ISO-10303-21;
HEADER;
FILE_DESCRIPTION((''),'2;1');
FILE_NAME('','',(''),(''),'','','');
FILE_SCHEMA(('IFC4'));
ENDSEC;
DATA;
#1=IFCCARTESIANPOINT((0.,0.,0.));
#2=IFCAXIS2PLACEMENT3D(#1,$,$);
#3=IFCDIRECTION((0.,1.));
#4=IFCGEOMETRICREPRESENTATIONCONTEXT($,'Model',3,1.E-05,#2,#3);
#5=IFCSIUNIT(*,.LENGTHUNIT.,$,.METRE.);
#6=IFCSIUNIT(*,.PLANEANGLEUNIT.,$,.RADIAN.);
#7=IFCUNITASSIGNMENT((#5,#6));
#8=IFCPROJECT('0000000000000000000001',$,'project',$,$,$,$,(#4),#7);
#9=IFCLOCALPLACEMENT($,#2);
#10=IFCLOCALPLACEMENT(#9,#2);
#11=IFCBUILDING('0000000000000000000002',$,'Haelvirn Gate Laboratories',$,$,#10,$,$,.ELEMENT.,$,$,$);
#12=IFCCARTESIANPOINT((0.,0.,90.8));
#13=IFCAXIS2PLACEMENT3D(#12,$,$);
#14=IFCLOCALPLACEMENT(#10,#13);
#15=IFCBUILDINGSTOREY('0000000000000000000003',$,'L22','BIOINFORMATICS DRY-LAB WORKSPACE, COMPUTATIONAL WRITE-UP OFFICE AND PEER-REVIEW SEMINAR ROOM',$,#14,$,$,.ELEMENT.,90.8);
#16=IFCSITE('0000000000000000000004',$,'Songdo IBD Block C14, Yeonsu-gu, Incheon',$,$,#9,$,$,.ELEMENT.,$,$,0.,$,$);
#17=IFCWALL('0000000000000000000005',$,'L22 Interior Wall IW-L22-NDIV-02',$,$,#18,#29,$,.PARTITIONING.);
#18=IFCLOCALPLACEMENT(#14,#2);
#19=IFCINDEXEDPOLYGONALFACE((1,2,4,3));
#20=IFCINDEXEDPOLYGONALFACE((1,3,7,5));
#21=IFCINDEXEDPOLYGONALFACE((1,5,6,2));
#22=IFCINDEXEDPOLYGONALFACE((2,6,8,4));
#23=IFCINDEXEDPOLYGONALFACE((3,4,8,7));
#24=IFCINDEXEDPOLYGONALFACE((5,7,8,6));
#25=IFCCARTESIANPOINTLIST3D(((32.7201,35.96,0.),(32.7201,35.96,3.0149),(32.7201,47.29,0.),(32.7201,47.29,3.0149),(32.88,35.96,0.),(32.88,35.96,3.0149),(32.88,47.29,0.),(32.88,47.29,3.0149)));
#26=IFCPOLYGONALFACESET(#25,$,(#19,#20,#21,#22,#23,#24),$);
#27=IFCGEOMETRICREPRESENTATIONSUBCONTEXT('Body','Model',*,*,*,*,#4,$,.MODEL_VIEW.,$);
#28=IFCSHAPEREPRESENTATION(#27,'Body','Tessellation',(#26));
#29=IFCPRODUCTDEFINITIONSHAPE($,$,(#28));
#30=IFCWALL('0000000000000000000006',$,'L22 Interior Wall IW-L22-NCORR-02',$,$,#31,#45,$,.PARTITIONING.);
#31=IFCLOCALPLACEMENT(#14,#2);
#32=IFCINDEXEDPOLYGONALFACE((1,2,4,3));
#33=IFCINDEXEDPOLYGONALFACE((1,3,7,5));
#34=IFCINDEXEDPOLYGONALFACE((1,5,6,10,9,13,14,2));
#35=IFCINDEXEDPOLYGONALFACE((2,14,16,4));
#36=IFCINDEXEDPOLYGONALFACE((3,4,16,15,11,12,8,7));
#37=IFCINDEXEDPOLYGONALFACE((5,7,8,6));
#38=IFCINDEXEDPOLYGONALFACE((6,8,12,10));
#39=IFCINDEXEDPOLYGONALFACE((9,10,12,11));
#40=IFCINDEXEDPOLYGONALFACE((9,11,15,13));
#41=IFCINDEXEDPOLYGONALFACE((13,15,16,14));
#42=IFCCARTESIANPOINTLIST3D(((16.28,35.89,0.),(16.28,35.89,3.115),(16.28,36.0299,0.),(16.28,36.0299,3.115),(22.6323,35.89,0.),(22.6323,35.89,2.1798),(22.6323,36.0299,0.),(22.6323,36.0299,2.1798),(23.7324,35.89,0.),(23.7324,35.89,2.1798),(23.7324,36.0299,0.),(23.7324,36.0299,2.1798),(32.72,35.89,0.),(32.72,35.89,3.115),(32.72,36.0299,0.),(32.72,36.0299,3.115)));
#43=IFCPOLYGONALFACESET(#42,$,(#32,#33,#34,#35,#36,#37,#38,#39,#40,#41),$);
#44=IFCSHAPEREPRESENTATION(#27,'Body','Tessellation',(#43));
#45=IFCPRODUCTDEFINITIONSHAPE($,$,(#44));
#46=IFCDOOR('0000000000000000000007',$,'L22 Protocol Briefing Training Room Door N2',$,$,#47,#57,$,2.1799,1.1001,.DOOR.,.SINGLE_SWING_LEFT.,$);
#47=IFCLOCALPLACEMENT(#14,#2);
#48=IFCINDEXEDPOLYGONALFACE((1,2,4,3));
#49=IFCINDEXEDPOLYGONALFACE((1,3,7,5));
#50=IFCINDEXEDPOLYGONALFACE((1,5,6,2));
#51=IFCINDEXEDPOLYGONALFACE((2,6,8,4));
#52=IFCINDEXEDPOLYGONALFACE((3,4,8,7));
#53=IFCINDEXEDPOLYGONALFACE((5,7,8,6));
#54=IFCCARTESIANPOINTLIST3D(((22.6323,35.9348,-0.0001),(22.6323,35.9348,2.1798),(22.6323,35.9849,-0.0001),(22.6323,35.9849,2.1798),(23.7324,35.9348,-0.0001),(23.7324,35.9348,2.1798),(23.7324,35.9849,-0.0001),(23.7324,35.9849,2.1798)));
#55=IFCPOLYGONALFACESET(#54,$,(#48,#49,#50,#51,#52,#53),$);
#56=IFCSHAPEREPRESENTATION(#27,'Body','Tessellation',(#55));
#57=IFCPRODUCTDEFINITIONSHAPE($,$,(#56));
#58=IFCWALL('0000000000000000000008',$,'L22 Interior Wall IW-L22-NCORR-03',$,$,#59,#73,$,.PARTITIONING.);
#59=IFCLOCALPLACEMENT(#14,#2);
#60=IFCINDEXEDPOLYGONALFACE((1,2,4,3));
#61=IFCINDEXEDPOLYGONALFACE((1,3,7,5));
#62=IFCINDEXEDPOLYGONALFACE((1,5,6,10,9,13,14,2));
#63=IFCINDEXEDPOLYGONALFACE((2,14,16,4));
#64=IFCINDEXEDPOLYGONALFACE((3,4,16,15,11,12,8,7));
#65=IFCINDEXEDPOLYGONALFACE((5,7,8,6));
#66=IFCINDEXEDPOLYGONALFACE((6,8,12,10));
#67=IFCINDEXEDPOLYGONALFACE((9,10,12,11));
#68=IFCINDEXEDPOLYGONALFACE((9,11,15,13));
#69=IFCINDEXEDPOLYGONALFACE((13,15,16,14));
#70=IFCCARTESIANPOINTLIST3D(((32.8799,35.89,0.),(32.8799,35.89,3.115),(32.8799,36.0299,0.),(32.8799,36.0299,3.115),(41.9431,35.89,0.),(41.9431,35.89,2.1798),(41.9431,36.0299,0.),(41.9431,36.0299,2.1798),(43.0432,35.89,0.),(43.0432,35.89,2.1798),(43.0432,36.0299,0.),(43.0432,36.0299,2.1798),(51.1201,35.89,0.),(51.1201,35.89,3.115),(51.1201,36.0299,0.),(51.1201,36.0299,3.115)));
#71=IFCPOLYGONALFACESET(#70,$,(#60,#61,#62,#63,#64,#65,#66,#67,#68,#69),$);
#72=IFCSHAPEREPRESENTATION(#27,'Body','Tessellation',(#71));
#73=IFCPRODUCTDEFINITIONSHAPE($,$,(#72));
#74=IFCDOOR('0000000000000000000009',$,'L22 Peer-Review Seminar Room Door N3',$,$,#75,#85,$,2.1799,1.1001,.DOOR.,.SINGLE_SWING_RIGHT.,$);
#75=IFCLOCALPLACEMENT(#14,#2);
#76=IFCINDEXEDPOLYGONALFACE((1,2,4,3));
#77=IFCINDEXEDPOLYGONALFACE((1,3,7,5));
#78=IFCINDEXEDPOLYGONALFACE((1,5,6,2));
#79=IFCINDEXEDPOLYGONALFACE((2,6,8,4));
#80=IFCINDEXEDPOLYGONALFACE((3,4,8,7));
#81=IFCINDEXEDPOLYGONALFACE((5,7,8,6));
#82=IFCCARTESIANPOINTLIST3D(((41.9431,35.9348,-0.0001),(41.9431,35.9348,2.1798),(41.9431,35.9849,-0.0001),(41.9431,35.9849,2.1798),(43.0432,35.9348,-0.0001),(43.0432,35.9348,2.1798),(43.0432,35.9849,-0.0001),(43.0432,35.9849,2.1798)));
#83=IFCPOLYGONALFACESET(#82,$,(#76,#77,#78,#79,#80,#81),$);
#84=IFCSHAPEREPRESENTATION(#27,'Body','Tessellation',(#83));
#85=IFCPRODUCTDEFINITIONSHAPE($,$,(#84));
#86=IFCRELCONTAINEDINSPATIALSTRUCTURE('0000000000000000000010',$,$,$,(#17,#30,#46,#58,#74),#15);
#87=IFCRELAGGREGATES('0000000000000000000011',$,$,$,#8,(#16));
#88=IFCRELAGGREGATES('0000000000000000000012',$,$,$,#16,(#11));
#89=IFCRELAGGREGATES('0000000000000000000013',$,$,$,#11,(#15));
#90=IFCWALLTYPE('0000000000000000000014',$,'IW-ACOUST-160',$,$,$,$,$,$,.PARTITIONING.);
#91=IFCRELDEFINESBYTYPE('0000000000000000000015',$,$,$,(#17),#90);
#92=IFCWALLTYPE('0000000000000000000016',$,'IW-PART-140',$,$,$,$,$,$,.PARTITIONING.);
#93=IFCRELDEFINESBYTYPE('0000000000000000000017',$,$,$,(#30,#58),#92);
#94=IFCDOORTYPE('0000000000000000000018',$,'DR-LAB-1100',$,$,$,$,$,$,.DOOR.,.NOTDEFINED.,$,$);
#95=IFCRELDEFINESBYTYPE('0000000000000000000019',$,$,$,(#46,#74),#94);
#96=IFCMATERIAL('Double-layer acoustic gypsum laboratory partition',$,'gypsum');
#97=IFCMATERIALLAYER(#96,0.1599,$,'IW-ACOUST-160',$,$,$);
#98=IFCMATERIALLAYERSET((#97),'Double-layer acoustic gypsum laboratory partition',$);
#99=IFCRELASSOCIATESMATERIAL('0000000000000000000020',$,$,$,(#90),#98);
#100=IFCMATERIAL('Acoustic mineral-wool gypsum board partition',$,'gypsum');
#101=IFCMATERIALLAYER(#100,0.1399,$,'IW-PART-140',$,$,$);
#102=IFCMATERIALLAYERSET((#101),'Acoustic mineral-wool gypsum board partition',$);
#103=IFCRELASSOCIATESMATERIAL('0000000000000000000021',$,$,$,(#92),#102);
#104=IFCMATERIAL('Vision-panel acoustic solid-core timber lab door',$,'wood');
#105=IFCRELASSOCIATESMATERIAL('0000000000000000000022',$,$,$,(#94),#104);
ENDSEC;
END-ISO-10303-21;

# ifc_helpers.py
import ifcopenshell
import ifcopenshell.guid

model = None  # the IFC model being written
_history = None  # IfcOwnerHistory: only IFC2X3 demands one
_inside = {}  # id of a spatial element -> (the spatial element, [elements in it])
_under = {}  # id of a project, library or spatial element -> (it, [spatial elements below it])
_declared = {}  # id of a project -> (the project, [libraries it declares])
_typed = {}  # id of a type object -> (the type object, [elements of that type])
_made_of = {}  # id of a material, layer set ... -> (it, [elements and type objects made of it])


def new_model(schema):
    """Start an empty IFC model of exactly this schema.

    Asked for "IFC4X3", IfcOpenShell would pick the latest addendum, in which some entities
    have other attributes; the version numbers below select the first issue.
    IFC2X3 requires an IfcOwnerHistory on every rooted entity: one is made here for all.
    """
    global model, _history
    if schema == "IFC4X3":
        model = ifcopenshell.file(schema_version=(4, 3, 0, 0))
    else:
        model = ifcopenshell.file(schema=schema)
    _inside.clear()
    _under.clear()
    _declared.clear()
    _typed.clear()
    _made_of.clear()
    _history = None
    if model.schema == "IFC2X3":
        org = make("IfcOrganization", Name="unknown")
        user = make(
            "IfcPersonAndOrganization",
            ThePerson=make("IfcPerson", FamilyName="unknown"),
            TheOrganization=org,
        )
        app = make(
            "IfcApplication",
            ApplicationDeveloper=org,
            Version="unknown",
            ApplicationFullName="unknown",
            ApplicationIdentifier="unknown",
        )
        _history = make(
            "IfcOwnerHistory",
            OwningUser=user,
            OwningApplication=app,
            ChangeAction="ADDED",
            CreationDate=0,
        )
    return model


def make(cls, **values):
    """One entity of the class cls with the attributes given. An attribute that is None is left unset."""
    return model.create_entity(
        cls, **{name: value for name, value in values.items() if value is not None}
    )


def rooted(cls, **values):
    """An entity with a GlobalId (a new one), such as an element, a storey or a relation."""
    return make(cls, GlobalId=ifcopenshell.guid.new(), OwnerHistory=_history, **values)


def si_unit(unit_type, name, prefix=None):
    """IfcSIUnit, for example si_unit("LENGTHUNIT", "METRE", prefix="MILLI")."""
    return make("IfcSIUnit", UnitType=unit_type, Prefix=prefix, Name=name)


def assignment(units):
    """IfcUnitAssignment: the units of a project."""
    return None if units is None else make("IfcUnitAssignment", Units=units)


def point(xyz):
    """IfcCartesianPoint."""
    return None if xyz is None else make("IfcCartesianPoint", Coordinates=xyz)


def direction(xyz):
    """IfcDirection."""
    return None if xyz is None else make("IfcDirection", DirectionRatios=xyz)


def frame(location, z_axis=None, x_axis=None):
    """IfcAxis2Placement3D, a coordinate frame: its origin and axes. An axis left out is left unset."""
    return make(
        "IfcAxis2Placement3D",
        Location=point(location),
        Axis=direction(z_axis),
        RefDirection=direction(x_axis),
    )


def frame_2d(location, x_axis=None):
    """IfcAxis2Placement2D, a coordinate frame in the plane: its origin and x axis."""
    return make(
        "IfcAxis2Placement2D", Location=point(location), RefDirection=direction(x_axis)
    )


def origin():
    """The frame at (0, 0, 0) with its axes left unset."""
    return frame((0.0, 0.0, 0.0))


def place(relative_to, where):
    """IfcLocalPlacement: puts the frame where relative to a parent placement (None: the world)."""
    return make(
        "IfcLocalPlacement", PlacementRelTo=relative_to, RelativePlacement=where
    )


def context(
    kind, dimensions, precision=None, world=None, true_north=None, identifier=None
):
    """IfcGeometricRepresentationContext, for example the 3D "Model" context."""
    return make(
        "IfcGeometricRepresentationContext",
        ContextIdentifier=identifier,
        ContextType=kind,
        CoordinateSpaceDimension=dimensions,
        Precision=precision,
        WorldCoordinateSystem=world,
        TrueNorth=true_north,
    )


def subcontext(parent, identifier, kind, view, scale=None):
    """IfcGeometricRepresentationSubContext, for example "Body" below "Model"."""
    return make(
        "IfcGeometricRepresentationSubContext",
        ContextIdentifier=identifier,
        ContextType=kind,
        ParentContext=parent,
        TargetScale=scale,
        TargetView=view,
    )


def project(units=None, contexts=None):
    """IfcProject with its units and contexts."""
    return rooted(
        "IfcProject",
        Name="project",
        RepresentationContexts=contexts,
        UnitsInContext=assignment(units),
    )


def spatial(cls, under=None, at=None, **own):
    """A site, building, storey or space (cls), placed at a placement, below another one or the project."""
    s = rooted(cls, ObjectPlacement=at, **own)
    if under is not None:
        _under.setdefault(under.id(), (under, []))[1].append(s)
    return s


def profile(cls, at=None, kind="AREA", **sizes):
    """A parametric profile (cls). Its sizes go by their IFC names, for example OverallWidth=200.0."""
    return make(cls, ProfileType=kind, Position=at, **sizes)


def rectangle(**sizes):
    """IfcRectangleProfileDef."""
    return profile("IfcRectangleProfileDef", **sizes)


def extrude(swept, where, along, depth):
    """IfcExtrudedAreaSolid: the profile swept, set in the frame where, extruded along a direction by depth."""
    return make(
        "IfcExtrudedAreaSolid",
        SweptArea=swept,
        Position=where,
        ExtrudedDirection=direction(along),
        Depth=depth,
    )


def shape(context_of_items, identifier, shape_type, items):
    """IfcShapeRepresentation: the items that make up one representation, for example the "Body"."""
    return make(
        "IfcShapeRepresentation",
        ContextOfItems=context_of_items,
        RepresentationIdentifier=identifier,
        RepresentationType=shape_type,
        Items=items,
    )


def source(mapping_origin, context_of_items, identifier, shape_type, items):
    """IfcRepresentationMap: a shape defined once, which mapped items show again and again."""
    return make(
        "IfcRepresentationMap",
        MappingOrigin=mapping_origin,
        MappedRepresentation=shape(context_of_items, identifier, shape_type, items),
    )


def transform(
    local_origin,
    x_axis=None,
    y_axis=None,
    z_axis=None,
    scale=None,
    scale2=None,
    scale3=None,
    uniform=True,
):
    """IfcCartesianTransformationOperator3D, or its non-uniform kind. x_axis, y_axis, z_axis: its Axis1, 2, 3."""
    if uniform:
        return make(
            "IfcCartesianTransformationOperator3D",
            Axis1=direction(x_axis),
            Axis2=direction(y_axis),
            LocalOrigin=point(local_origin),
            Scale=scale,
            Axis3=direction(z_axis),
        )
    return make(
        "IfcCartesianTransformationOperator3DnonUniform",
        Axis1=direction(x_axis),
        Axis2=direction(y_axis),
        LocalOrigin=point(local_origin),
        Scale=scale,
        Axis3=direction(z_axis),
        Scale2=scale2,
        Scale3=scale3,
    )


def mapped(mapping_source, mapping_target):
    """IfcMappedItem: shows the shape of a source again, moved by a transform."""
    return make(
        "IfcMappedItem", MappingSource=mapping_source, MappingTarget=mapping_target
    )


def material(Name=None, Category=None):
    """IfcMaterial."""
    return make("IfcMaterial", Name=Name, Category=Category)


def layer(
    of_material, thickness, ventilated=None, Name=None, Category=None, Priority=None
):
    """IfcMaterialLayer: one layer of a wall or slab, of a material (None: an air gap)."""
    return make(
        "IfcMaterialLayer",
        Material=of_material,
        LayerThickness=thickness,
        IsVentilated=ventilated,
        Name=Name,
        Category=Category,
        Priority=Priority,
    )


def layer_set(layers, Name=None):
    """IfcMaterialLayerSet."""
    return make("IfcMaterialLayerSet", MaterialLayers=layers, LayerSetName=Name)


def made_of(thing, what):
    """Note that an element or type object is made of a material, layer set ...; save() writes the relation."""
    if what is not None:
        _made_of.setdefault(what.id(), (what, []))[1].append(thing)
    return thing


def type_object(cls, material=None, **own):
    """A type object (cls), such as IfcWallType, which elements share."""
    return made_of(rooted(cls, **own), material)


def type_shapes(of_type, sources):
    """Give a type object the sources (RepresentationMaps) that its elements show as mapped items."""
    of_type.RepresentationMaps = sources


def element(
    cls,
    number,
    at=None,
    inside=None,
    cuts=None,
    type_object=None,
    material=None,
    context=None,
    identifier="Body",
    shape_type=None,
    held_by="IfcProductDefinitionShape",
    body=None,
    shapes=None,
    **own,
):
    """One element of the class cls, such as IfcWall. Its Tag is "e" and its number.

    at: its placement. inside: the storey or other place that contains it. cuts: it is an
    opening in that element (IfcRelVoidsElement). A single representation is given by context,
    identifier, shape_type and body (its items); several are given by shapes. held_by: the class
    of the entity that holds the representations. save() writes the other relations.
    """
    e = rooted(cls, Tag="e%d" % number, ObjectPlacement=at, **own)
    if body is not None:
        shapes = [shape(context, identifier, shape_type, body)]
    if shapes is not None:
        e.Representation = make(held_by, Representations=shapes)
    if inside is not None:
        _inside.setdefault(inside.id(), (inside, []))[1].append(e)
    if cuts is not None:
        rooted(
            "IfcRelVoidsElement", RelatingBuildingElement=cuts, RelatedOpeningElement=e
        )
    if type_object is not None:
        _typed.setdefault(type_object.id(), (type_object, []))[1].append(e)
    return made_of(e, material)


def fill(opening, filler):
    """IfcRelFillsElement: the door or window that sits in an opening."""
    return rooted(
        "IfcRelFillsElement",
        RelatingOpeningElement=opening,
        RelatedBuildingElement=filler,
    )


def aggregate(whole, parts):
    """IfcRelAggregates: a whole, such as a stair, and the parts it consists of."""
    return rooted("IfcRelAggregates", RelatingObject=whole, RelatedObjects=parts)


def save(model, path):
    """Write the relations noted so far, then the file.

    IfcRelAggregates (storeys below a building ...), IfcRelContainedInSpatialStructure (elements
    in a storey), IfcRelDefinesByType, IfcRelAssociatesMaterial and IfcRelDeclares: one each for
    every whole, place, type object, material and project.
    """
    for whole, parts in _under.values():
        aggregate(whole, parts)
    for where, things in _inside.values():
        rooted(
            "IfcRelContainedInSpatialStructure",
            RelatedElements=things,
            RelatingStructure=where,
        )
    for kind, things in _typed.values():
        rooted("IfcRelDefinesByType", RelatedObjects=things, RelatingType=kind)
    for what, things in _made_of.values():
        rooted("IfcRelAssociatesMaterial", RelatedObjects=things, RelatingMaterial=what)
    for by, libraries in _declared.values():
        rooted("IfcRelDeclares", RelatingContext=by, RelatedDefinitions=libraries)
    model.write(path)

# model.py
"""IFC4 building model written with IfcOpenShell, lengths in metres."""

from ifc_helpers import new_model, si_unit, direction, frame, frame_2d, origin, place, context, subcontext, project, spatial, rectangle, extrude, source, transform, mapped, material, layer, layer_set, type_object, type_shapes, element, fill, save


model = new_model("IFC4")

# Units and contexts
model_context = context("Model", 3, precision=1e-05, world=origin(), true_north=direction((0.0, 1.0)))
body_context = subcontext(model_context, "Body", "Model", "MODEL_VIEW")
ifc_project = project(units=[si_unit("LENGTHUNIT", "METRE"), si_unit("PLANEANGLEUNIT", "RADIAN")], contexts=[model_context])

# Site, building, storey
site_placement = place(None, origin())
site = spatial("IfcSite", under=ifc_project, at=site_placement, Name="Songdo IBD Block C14, Yeonsu-gu, Incheon", CompositionType="ELEMENT", RefElevation=0.0)
building_placement = place(site_placement, origin())
building = spatial("IfcBuilding", under=site, at=building_placement, Name="Haelvirn Gate Laboratories", CompositionType="ELEMENT")
storey_placement = place(building_placement, frame((0.0, 0.0, 90.8)))
storey = spatial("IfcBuildingStorey", under=building, at=storey_placement, Name="L22", Description="BIOINFORMATICS DRY-LAB WORKSPACE, COMPUTATIONAL WRITE-UP OFFICE AND PEER-REVIEW SEMINAR ROOM", CompositionType="ELEMENT", Elevation=90.8)

# Wall
ifc_material_1 = material(Name="Double-layer acoustic gypsum laboratory partition", Category="gypsum")
ifc_layer_1 = layer(ifc_material_1, 0.1599, Name="IW-ACOUST-160")
ifc_layer_set_1 = layer_set([ifc_layer_1], Name="Double-layer acoustic gypsum laboratory partition")
wall_type_1 = type_object("IfcWallType", Name="IW-ACOUST-160", PredefinedType="PARTITIONING", material=ifc_layer_set_1)
wall_1_placement = place(storey_placement, frame((32.8, 35.96, 0.0), z_axis=(0.0, 0.0, 1.0), x_axis=(0.0, 1.0, 0.0)))
element("IfcWall", 1, at=wall_1_placement, inside=storey, type_object=wall_type_1, Name="L22 Interior Wall IW-L22-NDIV-02", PredefinedType="PARTITIONING", context=body_context, shape_type="SweptSolid", body=[
    extrude(rectangle(XDim=11.3301, YDim=0.1599, at=frame_2d((5.665, 0.0))), origin(), (0.0, 0.0, 1.0), 3.0149),
])

# Walls, openings, doors
ifc_material_2 = material(Name="Acoustic mineral-wool gypsum board partition", Category="gypsum")
ifc_layer_2 = layer(ifc_material_2, 0.1399, Name="IW-PART-140")
ifc_layer_set_2 = layer_set([ifc_layer_2], Name="Acoustic mineral-wool gypsum board partition")
wall_type_2 = type_object("IfcWallType", Name="IW-PART-140", PredefinedType="PARTITIONING", material=ifc_layer_set_2)
wall_2_placement = place(storey_placement, frame((16.28, 35.96, 0.0), z_axis=(0.0, 0.0, 1.0), x_axis=(1.0, 0.0, 0.0)))
wall_2 = element("IfcWall", 2, at=wall_2_placement, inside=storey, type_object=wall_type_2, Name="L22 Interior Wall IW-L22-NCORR-02", PredefinedType="PARTITIONING", context=body_context, shape_type="SweptSolid", body=[
    extrude(rectangle(XDim=16.4399, YDim=0.1399, at=frame_2d((8.22, 0.0))), origin(), (0.0, 0.0, 1.0), 3.115),
])
opening_1_placement = place(wall_2_placement, frame((6.3523, 0.0, 0.0)))
opening_1 = element("IfcOpeningElement", 3, at=opening_1_placement, cuts=wall_2, PredefinedType="OPENING", context=body_context, shape_type="SweptSolid", body=[
    extrude(rectangle(XDim=1.1001, YDim=2.1799, at=frame_2d((0.55, 1.0898))), frame((0.0, 0.0801, 0.0), z_axis=(0.0, -1.0, 0.0), x_axis=(1.0, 0.0, 0.0)), (0.0, 0.0, 1.0), 0.1599),
])
ifc_material_3 = material(Name="Vision-panel acoustic solid-core timber lab door", Category="wood")
door_type = type_object("IfcDoorType", Name="DR-LAB-1100", OperationType="NOTDEFINED", PredefinedType="DOOR", material=ifc_material_3)
shared_shape_1 = source(origin(), body_context, "Body", "SweptSolid", [
    extrude(rectangle(XDim=1.1001, YDim=2.1799, at=frame_2d((0.55, 1.0898))), frame((0.0, 0.0249, 0.0), z_axis=(0.0, -1.0, 0.0), x_axis=(1.0, 0.0, 0.0)), (0.0, 0.0, 1.0), 0.05),
])
type_shapes(door_type, [shared_shape_1])
door_1_placement = place(opening_1_placement, origin())
door_1 = element("IfcDoor", 4, at=door_1_placement, inside=storey, type_object=door_type, Name="L22 Protocol Briefing Training Room Door N2", OperationType="SINGLE_SWING_LEFT", OverallHeight=2.1799, OverallWidth=1.1001, PredefinedType="DOOR", context=body_context, shape_type="MappedRepresentation", body=[
    mapped(shared_shape_1, transform((0.0, 0.0, 0.0), scale=1.0)),
])
fill(opening_1, door_1)
wall_3_placement = place(storey_placement, frame((32.8799, 35.96, 0.0), z_axis=(0.0, 0.0, 1.0), x_axis=(1.0, 0.0, 0.0)))
wall_3 = element("IfcWall", 5, at=wall_3_placement, inside=storey, type_object=wall_type_2, Name="L22 Interior Wall IW-L22-NCORR-03", PredefinedType="PARTITIONING", context=body_context, shape_type="SweptSolid", body=[
    extrude(rectangle(XDim=18.2402, YDim=0.1399, at=frame_2d((9.1201, 0.0))), origin(), (0.0, 0.0, 1.0), 3.115),
])
opening_2_placement = place(wall_3_placement, frame((9.0632, 0.0, 0.0)))
opening_2 = element("IfcOpeningElement", 6, at=opening_2_placement, cuts=wall_3, PredefinedType="OPENING", context=body_context, shape_type="SweptSolid", body=[
    extrude(rectangle(XDim=1.1001, YDim=2.1799, at=frame_2d((0.55, 1.0898))), frame((0.0, 0.0801, 0.0), z_axis=(0.0, -1.0, 0.0), x_axis=(1.0, 0.0, 0.0)), (0.0, 0.0, 1.0), 0.1599),
])
door_2_placement = place(opening_2_placement, origin())
door_2 = element("IfcDoor", 7, at=door_2_placement, inside=storey, type_object=door_type, Name="L22 Peer-Review Seminar Room Door N3", OperationType="SINGLE_SWING_RIGHT", OverallHeight=2.1799, OverallWidth=1.1001, PredefinedType="DOOR", context=body_context, shape_type="MappedRepresentation", body=[
    mapped(shared_shape_1, transform((0.0, 0.0, 0.0), scale=1.0)),
])
fill(opening_2, door_2)

save(model, "model.ifc")
